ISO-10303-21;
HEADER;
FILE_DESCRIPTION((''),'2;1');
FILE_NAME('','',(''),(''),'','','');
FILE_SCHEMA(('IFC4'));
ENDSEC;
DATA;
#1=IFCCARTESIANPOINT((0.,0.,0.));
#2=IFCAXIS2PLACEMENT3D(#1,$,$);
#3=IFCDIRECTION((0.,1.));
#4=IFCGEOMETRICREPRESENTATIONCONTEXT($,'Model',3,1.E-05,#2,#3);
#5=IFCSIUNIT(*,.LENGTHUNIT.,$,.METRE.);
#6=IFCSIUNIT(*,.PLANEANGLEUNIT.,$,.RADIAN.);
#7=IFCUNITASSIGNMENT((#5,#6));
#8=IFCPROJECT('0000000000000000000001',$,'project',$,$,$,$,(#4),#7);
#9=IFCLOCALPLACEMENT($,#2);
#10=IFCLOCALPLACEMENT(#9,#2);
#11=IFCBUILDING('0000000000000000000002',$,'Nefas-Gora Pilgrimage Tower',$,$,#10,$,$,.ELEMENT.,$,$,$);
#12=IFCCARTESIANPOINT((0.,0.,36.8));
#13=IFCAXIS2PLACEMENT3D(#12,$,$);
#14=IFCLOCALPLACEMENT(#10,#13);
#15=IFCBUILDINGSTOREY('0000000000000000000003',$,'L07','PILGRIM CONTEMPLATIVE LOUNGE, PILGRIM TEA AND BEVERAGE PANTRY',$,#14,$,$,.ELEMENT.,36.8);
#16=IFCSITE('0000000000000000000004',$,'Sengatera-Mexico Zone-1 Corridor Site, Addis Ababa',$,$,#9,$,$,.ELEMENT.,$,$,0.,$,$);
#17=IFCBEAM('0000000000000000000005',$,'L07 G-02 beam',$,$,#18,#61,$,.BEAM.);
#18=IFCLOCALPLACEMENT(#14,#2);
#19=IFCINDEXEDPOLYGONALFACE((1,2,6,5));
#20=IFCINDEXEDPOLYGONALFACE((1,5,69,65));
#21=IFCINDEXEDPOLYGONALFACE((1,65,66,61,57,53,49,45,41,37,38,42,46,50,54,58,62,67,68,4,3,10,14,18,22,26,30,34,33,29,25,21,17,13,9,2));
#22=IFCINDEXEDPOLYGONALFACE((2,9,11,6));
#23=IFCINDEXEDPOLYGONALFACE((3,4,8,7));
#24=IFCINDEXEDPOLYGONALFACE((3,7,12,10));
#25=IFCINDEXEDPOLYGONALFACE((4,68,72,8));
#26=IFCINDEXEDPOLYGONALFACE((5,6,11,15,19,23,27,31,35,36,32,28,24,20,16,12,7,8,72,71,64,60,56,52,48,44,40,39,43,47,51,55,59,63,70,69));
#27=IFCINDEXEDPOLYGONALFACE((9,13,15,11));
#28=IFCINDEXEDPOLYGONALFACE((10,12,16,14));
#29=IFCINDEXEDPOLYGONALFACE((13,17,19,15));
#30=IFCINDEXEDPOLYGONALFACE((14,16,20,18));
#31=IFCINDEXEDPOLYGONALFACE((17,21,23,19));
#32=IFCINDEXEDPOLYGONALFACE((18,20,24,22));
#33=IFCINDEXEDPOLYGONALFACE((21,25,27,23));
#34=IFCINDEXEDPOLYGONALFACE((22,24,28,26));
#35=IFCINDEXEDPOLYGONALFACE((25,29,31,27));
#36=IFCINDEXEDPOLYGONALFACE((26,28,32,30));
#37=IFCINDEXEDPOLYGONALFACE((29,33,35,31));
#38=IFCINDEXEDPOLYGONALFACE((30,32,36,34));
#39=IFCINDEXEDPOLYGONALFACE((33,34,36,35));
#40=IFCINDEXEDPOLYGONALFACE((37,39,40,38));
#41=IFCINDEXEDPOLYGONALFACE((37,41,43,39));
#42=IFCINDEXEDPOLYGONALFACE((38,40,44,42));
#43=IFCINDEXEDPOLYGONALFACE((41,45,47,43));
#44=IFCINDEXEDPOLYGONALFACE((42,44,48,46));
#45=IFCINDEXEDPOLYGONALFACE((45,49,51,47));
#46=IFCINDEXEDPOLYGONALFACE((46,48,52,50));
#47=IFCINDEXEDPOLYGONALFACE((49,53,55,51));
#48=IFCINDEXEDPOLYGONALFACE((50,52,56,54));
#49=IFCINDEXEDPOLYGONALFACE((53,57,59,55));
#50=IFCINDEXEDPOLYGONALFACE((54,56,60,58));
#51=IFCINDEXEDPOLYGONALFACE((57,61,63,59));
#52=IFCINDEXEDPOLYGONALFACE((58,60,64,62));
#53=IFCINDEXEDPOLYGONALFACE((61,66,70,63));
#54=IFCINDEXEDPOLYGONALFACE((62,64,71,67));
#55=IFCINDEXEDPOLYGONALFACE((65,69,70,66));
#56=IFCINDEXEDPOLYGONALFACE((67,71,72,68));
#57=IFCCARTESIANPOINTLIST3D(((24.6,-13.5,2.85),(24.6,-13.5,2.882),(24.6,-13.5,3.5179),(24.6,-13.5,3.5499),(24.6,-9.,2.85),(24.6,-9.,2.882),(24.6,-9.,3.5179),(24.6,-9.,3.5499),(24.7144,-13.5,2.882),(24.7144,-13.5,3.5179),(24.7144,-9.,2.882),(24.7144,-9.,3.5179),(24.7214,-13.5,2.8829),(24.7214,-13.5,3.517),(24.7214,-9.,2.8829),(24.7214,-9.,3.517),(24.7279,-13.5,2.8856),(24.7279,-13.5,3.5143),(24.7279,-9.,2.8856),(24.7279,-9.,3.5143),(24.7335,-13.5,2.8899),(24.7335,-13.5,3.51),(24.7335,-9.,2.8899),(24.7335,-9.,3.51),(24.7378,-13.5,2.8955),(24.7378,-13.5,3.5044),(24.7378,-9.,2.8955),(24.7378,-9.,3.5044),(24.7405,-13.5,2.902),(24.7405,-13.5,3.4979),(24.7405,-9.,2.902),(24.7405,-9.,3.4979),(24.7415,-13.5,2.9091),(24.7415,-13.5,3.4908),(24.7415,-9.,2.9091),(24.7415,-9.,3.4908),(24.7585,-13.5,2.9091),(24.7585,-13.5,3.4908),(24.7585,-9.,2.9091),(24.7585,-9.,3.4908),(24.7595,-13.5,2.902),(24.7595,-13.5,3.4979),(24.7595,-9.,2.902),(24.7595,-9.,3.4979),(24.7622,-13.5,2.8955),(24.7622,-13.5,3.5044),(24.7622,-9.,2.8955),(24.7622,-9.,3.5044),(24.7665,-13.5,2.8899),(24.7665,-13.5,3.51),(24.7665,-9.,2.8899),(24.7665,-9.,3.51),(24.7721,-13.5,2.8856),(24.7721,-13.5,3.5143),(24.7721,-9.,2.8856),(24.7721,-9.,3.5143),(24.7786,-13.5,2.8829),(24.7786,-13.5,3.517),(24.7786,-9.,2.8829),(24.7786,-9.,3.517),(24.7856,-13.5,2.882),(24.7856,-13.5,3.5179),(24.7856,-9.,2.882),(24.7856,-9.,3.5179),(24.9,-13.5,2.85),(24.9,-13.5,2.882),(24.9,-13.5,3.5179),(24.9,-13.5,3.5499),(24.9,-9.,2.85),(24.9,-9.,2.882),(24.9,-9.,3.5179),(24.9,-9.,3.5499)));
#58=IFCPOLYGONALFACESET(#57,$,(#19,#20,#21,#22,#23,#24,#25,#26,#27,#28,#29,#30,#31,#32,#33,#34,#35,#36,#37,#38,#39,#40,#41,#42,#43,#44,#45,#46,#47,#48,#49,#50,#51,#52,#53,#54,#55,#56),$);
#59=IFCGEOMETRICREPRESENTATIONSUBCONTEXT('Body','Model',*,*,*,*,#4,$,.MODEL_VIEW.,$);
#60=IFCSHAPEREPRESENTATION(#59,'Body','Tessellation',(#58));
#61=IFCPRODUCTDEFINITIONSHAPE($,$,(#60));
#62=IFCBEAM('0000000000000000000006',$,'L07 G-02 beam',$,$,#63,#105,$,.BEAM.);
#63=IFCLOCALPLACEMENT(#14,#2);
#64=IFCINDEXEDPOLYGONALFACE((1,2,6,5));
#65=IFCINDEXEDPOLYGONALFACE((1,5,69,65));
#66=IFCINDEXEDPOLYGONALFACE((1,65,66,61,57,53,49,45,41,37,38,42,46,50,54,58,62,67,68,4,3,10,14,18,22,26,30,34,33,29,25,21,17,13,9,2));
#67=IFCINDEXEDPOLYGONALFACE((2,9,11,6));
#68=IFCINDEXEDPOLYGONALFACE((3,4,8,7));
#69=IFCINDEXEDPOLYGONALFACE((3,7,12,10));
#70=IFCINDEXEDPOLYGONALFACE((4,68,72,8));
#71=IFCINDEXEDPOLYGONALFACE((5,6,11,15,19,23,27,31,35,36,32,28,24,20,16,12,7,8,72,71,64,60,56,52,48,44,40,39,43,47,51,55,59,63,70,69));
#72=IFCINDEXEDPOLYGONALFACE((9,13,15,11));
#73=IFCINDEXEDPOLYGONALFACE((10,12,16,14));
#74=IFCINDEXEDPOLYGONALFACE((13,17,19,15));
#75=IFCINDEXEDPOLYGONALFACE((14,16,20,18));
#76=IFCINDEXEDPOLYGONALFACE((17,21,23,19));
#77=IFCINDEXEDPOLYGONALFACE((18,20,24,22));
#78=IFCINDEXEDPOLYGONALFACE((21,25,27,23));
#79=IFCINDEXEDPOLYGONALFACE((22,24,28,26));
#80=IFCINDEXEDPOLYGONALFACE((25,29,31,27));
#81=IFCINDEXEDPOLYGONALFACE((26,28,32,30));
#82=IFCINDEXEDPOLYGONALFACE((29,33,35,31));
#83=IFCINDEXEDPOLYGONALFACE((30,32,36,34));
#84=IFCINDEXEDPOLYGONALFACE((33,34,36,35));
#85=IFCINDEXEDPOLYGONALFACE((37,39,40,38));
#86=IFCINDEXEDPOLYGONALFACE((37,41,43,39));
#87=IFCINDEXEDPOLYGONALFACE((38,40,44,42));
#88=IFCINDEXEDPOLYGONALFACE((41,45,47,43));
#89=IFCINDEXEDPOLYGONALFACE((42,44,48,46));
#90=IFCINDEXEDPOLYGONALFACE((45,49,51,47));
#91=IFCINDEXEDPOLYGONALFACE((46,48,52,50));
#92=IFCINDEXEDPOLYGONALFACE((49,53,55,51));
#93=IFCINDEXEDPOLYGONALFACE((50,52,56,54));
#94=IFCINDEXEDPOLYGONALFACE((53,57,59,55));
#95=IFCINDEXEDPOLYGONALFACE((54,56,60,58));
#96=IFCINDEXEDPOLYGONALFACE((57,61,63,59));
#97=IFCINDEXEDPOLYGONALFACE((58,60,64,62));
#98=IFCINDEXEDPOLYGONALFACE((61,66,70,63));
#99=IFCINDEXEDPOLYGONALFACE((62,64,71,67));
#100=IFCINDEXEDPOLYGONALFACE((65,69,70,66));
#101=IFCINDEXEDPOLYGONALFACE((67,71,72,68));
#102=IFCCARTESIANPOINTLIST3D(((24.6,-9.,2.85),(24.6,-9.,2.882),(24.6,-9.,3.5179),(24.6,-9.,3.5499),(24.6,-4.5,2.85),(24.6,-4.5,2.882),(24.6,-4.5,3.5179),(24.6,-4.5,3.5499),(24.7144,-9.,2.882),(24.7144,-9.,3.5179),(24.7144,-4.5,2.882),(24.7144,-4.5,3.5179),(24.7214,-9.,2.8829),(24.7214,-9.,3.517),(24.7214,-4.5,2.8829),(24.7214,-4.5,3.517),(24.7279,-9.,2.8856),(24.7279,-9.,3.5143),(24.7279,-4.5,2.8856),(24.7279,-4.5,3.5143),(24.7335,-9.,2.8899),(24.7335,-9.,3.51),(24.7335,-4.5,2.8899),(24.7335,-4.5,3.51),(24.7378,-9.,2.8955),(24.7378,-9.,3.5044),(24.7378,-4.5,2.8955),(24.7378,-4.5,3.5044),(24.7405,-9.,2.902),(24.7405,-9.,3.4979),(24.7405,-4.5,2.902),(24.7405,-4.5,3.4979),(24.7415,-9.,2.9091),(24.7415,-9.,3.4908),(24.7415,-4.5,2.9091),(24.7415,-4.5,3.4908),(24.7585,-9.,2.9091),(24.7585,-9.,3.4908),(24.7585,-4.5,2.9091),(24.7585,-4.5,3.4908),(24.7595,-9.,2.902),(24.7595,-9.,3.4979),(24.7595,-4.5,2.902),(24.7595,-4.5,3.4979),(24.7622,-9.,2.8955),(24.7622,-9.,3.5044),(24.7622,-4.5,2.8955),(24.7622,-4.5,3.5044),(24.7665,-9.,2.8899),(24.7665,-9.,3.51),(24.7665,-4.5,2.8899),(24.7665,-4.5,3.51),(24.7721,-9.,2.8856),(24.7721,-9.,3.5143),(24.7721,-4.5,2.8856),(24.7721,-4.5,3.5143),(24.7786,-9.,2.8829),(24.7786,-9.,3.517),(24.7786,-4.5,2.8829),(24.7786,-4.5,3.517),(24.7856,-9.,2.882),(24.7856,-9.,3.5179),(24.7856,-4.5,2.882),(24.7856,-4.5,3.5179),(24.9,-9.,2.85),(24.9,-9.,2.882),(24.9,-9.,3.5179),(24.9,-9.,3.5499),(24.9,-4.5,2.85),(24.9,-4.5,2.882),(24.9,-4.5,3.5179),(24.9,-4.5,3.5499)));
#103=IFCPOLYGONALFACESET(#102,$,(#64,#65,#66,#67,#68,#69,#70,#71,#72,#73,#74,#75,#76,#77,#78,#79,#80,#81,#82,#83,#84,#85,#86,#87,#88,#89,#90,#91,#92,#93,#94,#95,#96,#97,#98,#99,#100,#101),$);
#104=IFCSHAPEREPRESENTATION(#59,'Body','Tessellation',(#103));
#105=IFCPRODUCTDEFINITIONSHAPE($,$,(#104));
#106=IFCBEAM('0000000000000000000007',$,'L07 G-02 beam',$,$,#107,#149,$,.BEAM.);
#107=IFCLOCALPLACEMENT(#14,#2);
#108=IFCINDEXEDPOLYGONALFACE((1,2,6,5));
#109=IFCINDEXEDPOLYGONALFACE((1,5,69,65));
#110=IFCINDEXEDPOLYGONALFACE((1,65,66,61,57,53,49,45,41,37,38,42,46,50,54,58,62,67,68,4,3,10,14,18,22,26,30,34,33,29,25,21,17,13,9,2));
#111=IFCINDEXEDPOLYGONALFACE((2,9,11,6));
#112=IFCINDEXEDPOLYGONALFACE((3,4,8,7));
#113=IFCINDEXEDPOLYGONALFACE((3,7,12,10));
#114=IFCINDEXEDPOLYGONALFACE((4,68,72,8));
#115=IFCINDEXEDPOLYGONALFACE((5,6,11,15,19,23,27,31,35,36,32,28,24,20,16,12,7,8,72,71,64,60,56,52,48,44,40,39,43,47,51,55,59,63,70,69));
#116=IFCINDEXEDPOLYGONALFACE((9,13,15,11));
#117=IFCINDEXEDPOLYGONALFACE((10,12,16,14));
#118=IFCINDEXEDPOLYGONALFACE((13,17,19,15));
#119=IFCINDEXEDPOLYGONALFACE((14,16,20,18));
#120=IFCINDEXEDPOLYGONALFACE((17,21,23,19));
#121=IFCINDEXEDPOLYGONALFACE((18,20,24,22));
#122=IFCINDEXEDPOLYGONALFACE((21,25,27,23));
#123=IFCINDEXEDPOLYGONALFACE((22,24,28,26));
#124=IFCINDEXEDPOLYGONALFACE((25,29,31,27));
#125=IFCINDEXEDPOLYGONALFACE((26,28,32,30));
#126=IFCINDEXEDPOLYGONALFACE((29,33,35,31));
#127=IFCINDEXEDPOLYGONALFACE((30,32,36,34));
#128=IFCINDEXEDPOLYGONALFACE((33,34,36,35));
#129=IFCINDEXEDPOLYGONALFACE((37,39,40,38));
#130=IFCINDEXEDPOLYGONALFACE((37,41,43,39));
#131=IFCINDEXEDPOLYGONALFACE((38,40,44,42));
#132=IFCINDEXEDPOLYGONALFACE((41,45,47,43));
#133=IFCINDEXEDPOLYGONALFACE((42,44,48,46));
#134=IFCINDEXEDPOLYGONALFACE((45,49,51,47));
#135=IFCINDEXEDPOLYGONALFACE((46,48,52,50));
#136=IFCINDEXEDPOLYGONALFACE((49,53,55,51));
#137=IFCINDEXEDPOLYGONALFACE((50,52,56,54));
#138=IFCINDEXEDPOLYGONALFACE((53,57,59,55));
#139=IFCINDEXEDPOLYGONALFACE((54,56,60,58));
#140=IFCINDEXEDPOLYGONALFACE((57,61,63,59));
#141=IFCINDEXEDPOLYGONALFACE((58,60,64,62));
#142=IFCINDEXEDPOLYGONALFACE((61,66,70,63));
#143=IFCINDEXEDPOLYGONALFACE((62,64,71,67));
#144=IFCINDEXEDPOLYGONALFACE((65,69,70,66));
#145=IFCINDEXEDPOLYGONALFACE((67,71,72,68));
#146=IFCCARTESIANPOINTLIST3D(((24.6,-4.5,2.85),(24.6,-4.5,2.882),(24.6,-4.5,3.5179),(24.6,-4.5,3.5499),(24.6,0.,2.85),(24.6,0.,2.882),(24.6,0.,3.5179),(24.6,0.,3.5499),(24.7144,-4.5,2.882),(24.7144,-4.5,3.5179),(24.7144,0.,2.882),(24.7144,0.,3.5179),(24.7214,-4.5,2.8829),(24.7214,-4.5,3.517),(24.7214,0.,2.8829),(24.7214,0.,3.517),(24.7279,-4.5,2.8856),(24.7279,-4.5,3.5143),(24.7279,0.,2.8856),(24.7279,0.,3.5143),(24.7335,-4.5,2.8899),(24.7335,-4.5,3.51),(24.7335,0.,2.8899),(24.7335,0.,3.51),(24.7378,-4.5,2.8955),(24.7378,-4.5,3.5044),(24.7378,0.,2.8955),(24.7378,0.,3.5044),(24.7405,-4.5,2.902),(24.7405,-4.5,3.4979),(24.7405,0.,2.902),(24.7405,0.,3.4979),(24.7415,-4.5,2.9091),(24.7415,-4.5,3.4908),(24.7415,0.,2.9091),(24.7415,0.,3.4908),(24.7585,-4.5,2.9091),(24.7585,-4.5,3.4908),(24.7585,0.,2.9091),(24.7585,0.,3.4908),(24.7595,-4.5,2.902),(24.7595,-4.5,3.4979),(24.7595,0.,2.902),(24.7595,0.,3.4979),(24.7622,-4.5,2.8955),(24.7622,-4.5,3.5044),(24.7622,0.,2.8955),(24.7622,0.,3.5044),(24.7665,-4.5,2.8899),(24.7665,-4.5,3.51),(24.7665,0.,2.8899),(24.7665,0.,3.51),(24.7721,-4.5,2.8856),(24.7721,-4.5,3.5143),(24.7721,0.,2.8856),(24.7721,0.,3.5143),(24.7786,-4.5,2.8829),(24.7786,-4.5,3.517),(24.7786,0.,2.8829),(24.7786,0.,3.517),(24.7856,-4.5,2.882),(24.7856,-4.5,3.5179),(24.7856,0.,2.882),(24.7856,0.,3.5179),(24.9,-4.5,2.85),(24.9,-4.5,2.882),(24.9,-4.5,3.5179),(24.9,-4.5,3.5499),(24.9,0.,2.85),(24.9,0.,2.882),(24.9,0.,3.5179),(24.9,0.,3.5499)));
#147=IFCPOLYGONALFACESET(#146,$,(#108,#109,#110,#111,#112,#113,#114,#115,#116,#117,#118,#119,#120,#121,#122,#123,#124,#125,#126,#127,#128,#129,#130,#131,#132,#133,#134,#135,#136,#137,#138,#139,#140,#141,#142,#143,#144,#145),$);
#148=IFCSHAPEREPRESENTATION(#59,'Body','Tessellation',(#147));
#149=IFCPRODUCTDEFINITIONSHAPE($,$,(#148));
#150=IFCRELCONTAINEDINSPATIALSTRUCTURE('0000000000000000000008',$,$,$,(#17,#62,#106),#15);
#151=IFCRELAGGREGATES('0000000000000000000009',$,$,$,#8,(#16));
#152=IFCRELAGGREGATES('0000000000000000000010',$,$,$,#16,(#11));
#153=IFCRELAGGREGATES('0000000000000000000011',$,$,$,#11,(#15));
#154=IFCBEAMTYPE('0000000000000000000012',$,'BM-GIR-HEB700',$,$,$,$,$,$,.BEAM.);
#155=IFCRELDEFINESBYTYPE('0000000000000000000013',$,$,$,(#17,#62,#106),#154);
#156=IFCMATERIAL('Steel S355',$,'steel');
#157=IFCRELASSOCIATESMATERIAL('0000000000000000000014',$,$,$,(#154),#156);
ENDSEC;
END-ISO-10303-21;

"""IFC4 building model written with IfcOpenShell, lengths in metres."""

from ifc_helpers import new_model, si_unit, direction, frame, origin, origin_2d, place, context, subcontext, project, spatial, i_section, extrude, source, transform, mapped, material, material_profile, profile_set, type_object, element, save


model = new_model("IFC4")

# Units and contexts
model_context = context("Model", 3, precision=1e-05, world=origin(), true_north=direction((0.0, 1.0)))
body_context = subcontext(model_context, "Body", "Model", "MODEL_VIEW")
ifc_project = project(units=[si_unit("LENGTHUNIT", "METRE"), si_unit("PLANEANGLEUNIT", "RADIAN")], contexts=[model_context])

# Site, building, storey
site_placement = place(None, origin())
site = spatial("IfcSite", under=ifc_project, at=site_placement, Name="Sengatera-Mexico Zone-1 Corridor Site, Addis Ababa", CompositionType="ELEMENT", RefElevation=0.0)
building_placement = place(site_placement, origin())
building = spatial("IfcBuilding", under=site, at=building_placement, Name="Nefas-Gora Pilgrimage Tower", CompositionType="ELEMENT")
storey_placement = place(building_placement, frame((0.0, 0.0, 36.8)))
storey = spatial("IfcBuildingStorey", under=building, at=storey_placement, Name="L07", Description="PILGRIM CONTEMPLATIVE LOUNGE, PILGRIM TEA AND BEVERAGE PANTRY", CompositionType="ELEMENT", Elevation=36.8)

# Beams
ifc_material_1 = material(Name="Steel S355", Category="steel")
ifc_material_profile_1 = material_profile(ifc_material_1, i_section(OverallWidth=0.3, OverallDepth=0.7, WebThickness=0.0171, FlangeThickness=0.032, FilletRadius=0.0271, at=origin_2d()), Name="HEB 700")
ifc_profile_set_1 = profile_set([ifc_material_profile_1], Name="Steel S355")
beam_type_1 = type_object("IfcBeamType", Name="BM-GIR-HEB700", PredefinedType="BEAM", material=ifc_profile_set_1)
shared_shape_1 = source(origin(), body_context, "Body", "SweptSolid", [
    extrude(i_section(OverallWidth=0.3, OverallDepth=0.7, WebThickness=0.0171, FlangeThickness=0.032, FilletRadius=0.0271, at=origin_2d()), origin(), (0.0, 0.0, 1.0), 4.5),
])
for number, where, z_axis, x_axis, name in (
    (1, (24.75, -13.5, 3.2), (0.0, 1.0, 0.0), (-1.0, 0.0, 0.0), "L07 G-02 beam"),
    (2, (24.75, -9.0, 3.2), (0.0, 1.0, 0.0), (-1.0, 0.0, 0.0), "L07 G-02 beam"),
    (3, (24.75, -4.5, 3.2), (0.0, 1.0, 0.0), (-1.0, 0.0, 0.0), "L07 G-02 beam"),
):
    element("IfcBeam", number, at=place(storey_placement, frame(where, z_axis=z_axis, x_axis=x_axis)), inside=storey, type_object=beam_type_1, Name=name, PredefinedType="BEAM", context=body_context, shape_type="MappedRepresentation", body=[
        mapped(shared_shape_1, transform((0.0, 0.0, 0.0), x_axis=(1.0, 0.0, 0.0), y_axis=(0.0, 1.0, 0.0), z_axis=(0.0, 0.0, 1.0), scale=1.0)),
    ])

save(model, "model.ifc")
